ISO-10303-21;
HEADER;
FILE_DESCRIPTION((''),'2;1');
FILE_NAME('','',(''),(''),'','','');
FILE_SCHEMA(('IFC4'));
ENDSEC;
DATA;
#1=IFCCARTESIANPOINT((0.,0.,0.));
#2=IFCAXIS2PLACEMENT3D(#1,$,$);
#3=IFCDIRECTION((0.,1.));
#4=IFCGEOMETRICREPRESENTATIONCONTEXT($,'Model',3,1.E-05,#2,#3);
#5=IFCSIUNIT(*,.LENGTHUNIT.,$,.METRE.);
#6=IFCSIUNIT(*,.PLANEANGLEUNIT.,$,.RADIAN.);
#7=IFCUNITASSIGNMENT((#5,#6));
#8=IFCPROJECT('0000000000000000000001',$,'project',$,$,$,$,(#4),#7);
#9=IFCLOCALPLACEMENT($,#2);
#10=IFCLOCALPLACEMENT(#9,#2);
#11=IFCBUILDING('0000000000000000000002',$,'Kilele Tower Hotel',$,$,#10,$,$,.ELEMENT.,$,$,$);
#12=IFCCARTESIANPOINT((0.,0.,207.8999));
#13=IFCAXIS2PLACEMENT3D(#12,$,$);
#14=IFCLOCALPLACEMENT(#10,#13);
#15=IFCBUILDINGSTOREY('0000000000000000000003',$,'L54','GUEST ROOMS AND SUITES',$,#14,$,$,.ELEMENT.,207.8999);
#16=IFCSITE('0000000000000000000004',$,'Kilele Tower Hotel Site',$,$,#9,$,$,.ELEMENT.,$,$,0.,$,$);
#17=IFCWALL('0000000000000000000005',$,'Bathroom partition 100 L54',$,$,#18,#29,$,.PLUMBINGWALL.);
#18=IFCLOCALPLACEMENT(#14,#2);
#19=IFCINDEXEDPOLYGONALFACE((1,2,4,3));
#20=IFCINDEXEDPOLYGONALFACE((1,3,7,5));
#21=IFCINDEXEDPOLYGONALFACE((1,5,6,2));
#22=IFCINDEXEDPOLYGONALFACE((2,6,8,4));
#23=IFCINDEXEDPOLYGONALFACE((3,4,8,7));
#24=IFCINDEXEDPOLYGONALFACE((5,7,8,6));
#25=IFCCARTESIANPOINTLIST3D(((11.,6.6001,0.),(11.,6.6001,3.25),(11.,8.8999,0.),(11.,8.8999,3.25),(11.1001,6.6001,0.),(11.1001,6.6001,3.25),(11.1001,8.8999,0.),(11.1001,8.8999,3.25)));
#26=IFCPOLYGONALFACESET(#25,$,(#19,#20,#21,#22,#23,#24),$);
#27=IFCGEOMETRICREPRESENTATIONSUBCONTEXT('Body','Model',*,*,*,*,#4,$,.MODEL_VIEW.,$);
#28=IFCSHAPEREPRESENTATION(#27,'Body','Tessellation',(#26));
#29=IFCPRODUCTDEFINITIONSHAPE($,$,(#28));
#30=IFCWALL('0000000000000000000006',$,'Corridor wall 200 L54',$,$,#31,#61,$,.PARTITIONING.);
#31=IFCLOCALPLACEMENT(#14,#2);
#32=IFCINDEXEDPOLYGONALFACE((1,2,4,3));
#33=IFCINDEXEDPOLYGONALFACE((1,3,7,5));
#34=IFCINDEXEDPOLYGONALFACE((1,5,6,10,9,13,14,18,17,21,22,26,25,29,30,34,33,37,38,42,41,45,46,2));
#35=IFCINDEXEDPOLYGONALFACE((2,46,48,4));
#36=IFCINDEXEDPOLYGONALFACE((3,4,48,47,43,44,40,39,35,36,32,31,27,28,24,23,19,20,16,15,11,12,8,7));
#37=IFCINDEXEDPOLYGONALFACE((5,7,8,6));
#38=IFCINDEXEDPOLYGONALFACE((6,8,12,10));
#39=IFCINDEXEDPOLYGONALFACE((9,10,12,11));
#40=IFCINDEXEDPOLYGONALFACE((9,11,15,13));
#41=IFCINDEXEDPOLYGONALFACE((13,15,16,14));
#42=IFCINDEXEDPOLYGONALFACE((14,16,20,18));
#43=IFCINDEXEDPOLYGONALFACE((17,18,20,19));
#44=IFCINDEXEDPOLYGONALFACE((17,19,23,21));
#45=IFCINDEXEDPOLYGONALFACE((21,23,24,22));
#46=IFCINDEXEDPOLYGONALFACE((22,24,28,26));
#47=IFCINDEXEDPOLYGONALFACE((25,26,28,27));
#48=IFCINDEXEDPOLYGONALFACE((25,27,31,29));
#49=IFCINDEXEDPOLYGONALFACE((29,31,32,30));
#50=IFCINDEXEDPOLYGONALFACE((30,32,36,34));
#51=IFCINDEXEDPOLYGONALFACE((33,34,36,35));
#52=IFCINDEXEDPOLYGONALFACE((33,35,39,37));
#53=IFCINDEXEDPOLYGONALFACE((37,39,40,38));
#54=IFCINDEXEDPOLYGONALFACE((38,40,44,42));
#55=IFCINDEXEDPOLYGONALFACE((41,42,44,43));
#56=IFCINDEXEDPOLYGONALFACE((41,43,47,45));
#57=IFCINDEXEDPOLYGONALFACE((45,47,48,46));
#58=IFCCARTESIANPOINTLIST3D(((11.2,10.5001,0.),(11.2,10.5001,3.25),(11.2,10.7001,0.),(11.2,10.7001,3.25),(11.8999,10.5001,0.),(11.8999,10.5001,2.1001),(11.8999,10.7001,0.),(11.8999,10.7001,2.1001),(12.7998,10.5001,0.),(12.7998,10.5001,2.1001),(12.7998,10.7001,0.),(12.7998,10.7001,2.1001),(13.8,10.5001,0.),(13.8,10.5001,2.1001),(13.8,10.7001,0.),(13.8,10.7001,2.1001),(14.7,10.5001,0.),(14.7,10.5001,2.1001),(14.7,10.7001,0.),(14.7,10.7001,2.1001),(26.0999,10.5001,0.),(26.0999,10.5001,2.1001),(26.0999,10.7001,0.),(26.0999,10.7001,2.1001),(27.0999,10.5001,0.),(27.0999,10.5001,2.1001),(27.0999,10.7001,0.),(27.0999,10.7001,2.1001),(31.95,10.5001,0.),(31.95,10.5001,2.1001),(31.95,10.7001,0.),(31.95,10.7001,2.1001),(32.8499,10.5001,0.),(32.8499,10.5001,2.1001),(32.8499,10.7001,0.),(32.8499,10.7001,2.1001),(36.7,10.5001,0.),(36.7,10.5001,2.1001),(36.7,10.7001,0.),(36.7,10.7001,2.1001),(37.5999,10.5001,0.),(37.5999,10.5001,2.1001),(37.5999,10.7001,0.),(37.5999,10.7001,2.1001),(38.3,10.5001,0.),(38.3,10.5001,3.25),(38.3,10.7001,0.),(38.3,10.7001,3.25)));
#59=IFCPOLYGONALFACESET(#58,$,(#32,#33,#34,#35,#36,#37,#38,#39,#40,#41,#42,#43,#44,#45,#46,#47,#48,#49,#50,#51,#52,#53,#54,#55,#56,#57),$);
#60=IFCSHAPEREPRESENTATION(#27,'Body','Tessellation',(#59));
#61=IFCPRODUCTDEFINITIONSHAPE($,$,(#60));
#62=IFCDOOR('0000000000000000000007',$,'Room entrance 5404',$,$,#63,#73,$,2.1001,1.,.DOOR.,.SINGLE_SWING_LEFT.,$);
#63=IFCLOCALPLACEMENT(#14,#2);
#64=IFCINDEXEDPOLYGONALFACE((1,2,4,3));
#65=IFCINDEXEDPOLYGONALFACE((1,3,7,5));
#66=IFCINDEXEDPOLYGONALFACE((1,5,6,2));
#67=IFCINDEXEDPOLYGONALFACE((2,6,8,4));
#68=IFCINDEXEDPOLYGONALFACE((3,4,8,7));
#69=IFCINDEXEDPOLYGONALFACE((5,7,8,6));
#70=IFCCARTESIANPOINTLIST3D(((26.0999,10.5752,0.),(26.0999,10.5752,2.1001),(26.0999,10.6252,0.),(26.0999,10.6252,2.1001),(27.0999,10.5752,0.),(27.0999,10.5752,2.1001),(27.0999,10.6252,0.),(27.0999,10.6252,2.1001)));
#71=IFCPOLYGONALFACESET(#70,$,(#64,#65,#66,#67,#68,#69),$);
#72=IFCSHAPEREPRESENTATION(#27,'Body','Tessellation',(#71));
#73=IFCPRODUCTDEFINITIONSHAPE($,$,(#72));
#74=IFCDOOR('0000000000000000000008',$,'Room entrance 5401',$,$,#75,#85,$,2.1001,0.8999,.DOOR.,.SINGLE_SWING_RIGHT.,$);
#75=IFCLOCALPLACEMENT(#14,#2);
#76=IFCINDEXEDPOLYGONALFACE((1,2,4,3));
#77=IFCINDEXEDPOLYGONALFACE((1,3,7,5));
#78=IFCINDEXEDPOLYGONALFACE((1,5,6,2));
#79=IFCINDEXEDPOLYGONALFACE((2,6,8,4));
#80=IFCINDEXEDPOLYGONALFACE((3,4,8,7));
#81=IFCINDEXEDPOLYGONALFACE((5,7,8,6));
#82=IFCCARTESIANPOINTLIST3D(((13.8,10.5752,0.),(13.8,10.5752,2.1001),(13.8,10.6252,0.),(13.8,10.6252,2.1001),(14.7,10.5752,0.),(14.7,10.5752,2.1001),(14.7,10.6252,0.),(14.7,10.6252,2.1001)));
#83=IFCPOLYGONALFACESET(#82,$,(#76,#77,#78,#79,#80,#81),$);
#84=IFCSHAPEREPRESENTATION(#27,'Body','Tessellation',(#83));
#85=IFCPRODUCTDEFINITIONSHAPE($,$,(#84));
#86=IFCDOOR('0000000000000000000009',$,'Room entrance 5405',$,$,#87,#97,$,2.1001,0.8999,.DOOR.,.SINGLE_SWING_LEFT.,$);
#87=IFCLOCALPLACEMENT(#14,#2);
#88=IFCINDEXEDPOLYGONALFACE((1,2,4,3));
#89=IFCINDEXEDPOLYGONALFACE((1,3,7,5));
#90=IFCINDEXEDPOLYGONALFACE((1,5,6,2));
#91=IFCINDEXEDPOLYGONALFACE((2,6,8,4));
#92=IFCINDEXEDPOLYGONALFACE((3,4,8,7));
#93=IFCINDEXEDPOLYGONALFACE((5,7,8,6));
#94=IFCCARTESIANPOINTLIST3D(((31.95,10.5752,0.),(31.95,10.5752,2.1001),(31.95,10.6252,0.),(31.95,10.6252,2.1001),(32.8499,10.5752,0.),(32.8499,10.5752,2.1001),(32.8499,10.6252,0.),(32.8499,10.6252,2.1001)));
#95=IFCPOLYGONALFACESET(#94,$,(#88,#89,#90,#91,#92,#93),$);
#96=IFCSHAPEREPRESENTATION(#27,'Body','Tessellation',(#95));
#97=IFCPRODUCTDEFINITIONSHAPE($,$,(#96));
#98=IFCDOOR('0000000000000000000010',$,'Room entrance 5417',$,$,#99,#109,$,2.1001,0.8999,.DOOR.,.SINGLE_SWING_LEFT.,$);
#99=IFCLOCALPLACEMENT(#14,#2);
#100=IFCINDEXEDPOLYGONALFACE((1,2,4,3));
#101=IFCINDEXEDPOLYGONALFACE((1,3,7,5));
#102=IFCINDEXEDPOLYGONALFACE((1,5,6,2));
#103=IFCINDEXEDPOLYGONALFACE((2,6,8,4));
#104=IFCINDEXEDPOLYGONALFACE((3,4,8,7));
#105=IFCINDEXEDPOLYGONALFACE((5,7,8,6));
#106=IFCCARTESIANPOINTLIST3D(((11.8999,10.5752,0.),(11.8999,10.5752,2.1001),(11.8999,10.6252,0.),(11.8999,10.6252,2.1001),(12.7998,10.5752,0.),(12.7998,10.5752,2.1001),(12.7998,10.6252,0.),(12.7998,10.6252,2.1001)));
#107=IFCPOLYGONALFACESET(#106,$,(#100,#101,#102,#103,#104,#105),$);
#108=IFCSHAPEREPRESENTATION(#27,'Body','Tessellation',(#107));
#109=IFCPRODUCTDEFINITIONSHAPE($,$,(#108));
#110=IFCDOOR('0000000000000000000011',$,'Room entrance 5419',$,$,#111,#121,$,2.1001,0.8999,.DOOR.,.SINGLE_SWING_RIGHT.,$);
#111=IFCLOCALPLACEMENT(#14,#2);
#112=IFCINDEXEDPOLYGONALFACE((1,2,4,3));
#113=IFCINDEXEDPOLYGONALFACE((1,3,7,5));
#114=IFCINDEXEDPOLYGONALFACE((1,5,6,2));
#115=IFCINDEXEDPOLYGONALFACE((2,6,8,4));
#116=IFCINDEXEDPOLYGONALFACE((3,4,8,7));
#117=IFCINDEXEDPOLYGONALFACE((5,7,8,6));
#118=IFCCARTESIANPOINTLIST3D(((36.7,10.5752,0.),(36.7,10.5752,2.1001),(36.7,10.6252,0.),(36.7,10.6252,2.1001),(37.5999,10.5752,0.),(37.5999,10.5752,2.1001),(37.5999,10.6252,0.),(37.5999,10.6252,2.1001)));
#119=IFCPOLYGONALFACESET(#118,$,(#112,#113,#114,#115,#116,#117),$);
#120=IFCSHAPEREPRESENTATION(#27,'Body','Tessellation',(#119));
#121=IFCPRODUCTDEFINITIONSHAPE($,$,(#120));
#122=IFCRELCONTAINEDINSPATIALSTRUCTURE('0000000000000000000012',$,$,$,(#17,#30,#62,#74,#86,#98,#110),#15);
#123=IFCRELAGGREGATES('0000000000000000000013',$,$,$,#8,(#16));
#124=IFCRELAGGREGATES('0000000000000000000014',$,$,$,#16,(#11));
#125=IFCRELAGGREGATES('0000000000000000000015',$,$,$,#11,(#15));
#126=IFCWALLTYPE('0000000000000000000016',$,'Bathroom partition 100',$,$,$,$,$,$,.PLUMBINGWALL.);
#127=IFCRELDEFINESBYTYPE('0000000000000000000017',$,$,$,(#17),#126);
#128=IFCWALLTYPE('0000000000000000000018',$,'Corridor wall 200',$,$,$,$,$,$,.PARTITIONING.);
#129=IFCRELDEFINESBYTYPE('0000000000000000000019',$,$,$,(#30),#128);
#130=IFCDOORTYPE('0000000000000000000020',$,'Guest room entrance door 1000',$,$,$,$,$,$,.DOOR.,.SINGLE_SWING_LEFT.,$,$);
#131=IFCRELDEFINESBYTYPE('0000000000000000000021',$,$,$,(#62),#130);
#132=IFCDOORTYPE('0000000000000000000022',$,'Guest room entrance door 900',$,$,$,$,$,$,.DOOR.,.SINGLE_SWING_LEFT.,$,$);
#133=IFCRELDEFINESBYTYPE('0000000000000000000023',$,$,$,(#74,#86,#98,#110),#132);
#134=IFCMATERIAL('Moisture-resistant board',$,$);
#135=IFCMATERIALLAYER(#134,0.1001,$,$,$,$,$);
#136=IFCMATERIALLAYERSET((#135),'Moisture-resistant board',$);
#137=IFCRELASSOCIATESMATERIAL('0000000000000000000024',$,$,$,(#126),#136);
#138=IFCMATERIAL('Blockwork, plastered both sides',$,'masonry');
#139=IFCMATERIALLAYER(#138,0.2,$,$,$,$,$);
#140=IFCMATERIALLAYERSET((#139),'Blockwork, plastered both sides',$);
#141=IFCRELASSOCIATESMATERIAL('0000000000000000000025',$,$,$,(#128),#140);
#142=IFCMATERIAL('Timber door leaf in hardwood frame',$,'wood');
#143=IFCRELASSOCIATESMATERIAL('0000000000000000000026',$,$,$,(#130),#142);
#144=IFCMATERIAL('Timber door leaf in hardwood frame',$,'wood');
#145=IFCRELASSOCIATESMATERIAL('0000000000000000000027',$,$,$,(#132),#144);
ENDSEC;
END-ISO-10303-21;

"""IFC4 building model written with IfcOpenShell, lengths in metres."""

from ifc_helpers import new_model, si_unit, direction, frame, frame_2d, origin, place, context, subcontext, project, spatial, rectangle, extrude, material, layer, layer_set, type_object, element, fill, save


model = new_model("IFC4")

# Units and contexts
model_context = context("Model", 3, precision=1e-05, world=origin(), true_north=direction((0.0, 1.0)))
body_context = subcontext(model_context, "Body", "Model", "MODEL_VIEW")
ifc_project = project(units=[si_unit("LENGTHUNIT", "METRE"), si_unit("PLANEANGLEUNIT", "RADIAN")], contexts=[model_context])

# Site, building, storey
site_placement = place(None, origin())
site = spatial("IfcSite", under=ifc_project, at=site_placement, Name="Kilele Tower Hotel Site", CompositionType="ELEMENT", RefElevation=0.0)
building_placement = place(site_placement, origin())
building = spatial("IfcBuilding", under=site, at=building_placement, Name="Kilele Tower Hotel", CompositionType="ELEMENT")
storey_placement = place(building_placement, frame((0.0, 0.0, 207.8999)))
storey = spatial("IfcBuildingStorey", under=building, at=storey_placement, Name="L54", Description="GUEST ROOMS AND SUITES", CompositionType="ELEMENT", Elevation=207.8999)

# Wall
ifc_material_1 = material(Name="Moisture-resistant board")
ifc_layer_1 = layer(ifc_material_1, 0.1001)
ifc_layer_set_1 = layer_set([ifc_layer_1], Name="Moisture-resistant board")
wall_type_1 = type_object("IfcWallType", Name="Bathroom partition 100", PredefinedType="PLUMBINGWALL", material=ifc_layer_set_1)
wall_1_placement = place(storey_placement, frame((11.05, 8.8999, 0.0), z_axis=(0.0, 0.0, 1.0), x_axis=(0.0, -1.0, 0.0)))
element("IfcWall", 1, at=wall_1_placement, inside=storey, type_object=wall_type_1, Name="Bathroom partition 100 L54", PredefinedType="PLUMBINGWALL", context=body_context, shape_type="SweptSolid", body=[
    extrude(rectangle(XDim=2.2998, YDim=0.1001, at=frame_2d((1.1499, 0.0))), origin(), (0.0, 0.0, 1.0), 3.25),
])

# Wall, openings, doors
ifc_material_2 = material(Name="Blockwork, plastered both sides", Category="masonry")
ifc_layer_2 = layer(ifc_material_2, 0.2)
ifc_layer_set_2 = layer_set([ifc_layer_2], Name="Blockwork, plastered both sides")
wall_type_2 = type_object("IfcWallType", Name="Corridor wall 200", PredefinedType="PARTITIONING", material=ifc_layer_set_2)
wall_2_placement = place(storey_placement, frame((11.2, 10.6001, 0.0), z_axis=(0.0, 0.0, 1.0), x_axis=(1.0, 0.0, 0.0)))
wall_2 = element("IfcWall", 2, at=wall_2_placement, inside=storey, type_object=wall_type_2, Name="Corridor wall 200 L54", PredefinedType="PARTITIONING", context=body_context, shape_type="SweptSolid", body=[
    extrude(rectangle(XDim=27.1001, YDim=0.2, at=frame_2d((13.55, 0.0))), origin(), (0.0, 0.0, 1.0), 3.25),
])
opening_1_placement = place(wall_2_placement, frame((3.5, 0.0, 0.0), z_axis=(0.0, 0.0, 1.0), x_axis=(-1.0, 0.0, 0.0)))
opening_1 = element("IfcOpeningElement", 3, at=opening_1_placement, cuts=wall_2, PredefinedType="OPENING", context=body_context, shape_type="SweptSolid", body=[
    extrude(rectangle(XDim=0.8999, YDim=2.1001, at=frame_2d((0.45, 1.05))), frame((0.0, 0.1099, 0.0), z_axis=(0.0, -1.0, 0.0), x_axis=(1.0, 0.0, 0.0)), (0.0, 0.0, 1.0), 0.22),
])
opening_2_placement = place(wall_2_placement, frame((15.8999, 0.0, 0.0), z_axis=(0.0, 0.0, 1.0), x_axis=(-1.0, 0.0, 0.0)))
opening_2 = element("IfcOpeningElement", 4, at=opening_2_placement, cuts=wall_2, PredefinedType="OPENING", context=body_context, shape_type="SweptSolid", body=[
    extrude(rectangle(XDim=1.0, YDim=2.1001, at=frame_2d((0.5, 1.05))), frame((0.0, 0.1099, 0.0), z_axis=(0.0, -1.0, 0.0), x_axis=(1.0, 0.0, 0.0)), (0.0, 0.0, 1.0), 0.22),
])
opening_3_placement = place(wall_2_placement, frame((21.6499, 0.0, 0.0), z_axis=(0.0, 0.0, 1.0), x_axis=(-1.0, 0.0, 0.0)))
opening_3 = element("IfcOpeningElement", 5, at=opening_3_placement, cuts=wall_2, PredefinedType="OPENING", context=body_context, shape_type="SweptSolid", body=[
    extrude(rectangle(XDim=0.8999, YDim=2.1001, at=frame_2d((0.45, 1.05))), frame((0.0, 0.1099, 0.0), z_axis=(0.0, -1.0, 0.0), x_axis=(1.0, 0.0, 0.0)), (0.0, 0.0, 1.0), 0.22),
])
opening_4_placement = place(wall_2_placement, frame((1.5999, 0.0, 0.0), z_axis=(0.0, 0.0, 1.0), x_axis=(-1.0, 0.0, 0.0)))
opening_4 = element("IfcOpeningElement", 6, at=opening_4_placement, cuts=wall_2, PredefinedType="OPENING", context=body_context, shape_type="SweptSolid", body=[
    extrude(rectangle(XDim=0.8999, YDim=2.1001, at=frame_2d((0.45, 1.05))), frame((0.0, 0.1099, 0.0), z_axis=(0.0, -1.0, 0.0), x_axis=(1.0, 0.0, 0.0)), (0.0, 0.0, 1.0), 0.22),
])
opening_5_placement = place(wall_2_placement, frame((26.3999, 0.0, 0.0), z_axis=(0.0, 0.0, 1.0), x_axis=(-1.0, 0.0, 0.0)))
opening_5 = element("IfcOpeningElement", 7, at=opening_5_placement, cuts=wall_2, PredefinedType="OPENING", context=body_context, shape_type="SweptSolid", body=[
    extrude(rectangle(XDim=0.8999, YDim=2.1001, at=frame_2d((0.45, 1.05))), frame((0.0, 0.1099, 0.0), z_axis=(0.0, -1.0, 0.0), x_axis=(1.0, 0.0, 0.0)), (0.0, 0.0, 1.0), 0.22),
])
ifc_material_3 = material(Name="Timber door leaf in hardwood frame", Category="wood")
door_type_1 = type_object("IfcDoorType", Name="Guest room entrance door 1000", OperationType="SINGLE_SWING_LEFT", PredefinedType="DOOR", material=ifc_material_3)
door_1_placement = place(opening_2_placement, origin())
door_1 = element("IfcDoor", 8, at=door_1_placement, inside=storey, type_object=door_type_1, Name="Room entrance 5404", OperationType="SINGLE_SWING_LEFT", OverallHeight=2.1001, OverallWidth=1.0, PredefinedType="DOOR", context=body_context, shape_type="SweptSolid", body=[
    extrude(rectangle(XDim=1.0, YDim=2.1001, at=frame_2d((0.5, 1.05))), frame((0.0, 0.0249, 0.0), z_axis=(0.0, -1.0, 0.0), x_axis=(1.0, 0.0, 0.0)), (0.0, 0.0, 1.0), 0.05),
])
fill(opening_2, door_1)
ifc_material_4 = material(Name="Timber door leaf in hardwood frame", Category="wood")
door_type_2 = type_object("IfcDoorType", Name="Guest room entrance door 900", OperationType="SINGLE_SWING_LEFT", PredefinedType="DOOR", material=ifc_material_4)
door_2_placement = place(opening_1_placement, origin())
door_2 = element("IfcDoor", 9, at=door_2_placement, inside=storey, type_object=door_type_2, Name="Room entrance 5401", OperationType="SINGLE_SWING_RIGHT", OverallHeight=2.1001, OverallWidth=0.8999, PredefinedType="DOOR", context=body_context, shape_type="SweptSolid", body=[
    extrude(rectangle(XDim=0.8999, YDim=2.1001, at=frame_2d((0.45, 1.05))), frame((0.0, 0.0249, 0.0), z_axis=(0.0, -1.0, 0.0), x_axis=(1.0, 0.0, 0.0)), (0.0, 0.0, 1.0), 0.05),
])
fill(opening_1, door_2)
door_3_placement = place(opening_3_placement, origin())
door_3 = element("IfcDoor", 10, at=door_3_placement, inside=storey, type_object=door_type_2, Name="Room entrance 5405", OperationType="SINGLE_SWING_LEFT", OverallHeight=2.1001, OverallWidth=0.8999, PredefinedType="DOOR", context=body_context, shape_type="SweptSolid", body=[
    extrude(rectangle(XDim=0.8999, YDim=2.1001, at=frame_2d((0.45, 1.05))), frame((0.0, 0.0249, 0.0), z_axis=(0.0, -1.0, 0.0), x_axis=(1.0, 0.0, 0.0)), (0.0, 0.0, 1.0), 0.05),
])
fill(opening_3, door_3)
door_4_placement = place(opening_4_placement, origin())
door_4 = element("IfcDoor", 11, at=door_4_placement, inside=storey, type_object=door_type_2, Name="Room entrance 5417", OperationType="SINGLE_SWING_LEFT", OverallHeight=2.1001, OverallWidth=0.8999, PredefinedType="DOOR", context=body_context, shape_type="SweptSolid", body=[
    extrude(rectangle(XDim=0.8999, YDim=2.1001, at=frame_2d((0.45, 1.05))), frame((0.0, 0.0249, 0.0), z_axis=(0.0, -1.0, 0.0), x_axis=(1.0, 0.0, 0.0)), (0.0, 0.0, 1.0), 0.05),
])
fill(opening_4, door_4)
door_5_placement = place(opening_5_placement, origin())
door_5 = element("IfcDoor", 12, at=door_5_placement, inside=storey, type_object=door_type_2, Name="Room entrance 5419", OperationType="SINGLE_SWING_RIGHT", OverallHeight=2.1001, OverallWidth=0.8999, PredefinedType="DOOR", context=body_context, shape_type="SweptSolid", body=[
    extrude(rectangle(XDim=0.8999, YDim=2.1001, at=frame_2d((0.45, 1.05))), frame((0.0, 0.0249, 0.0), z_axis=(0.0, -1.0, 0.0), x_axis=(1.0, 0.0, 0.0)), (0.0, 0.0, 1.0), 0.05),
])
fill(opening_5, door_5)

save(model, "model.ifc")
